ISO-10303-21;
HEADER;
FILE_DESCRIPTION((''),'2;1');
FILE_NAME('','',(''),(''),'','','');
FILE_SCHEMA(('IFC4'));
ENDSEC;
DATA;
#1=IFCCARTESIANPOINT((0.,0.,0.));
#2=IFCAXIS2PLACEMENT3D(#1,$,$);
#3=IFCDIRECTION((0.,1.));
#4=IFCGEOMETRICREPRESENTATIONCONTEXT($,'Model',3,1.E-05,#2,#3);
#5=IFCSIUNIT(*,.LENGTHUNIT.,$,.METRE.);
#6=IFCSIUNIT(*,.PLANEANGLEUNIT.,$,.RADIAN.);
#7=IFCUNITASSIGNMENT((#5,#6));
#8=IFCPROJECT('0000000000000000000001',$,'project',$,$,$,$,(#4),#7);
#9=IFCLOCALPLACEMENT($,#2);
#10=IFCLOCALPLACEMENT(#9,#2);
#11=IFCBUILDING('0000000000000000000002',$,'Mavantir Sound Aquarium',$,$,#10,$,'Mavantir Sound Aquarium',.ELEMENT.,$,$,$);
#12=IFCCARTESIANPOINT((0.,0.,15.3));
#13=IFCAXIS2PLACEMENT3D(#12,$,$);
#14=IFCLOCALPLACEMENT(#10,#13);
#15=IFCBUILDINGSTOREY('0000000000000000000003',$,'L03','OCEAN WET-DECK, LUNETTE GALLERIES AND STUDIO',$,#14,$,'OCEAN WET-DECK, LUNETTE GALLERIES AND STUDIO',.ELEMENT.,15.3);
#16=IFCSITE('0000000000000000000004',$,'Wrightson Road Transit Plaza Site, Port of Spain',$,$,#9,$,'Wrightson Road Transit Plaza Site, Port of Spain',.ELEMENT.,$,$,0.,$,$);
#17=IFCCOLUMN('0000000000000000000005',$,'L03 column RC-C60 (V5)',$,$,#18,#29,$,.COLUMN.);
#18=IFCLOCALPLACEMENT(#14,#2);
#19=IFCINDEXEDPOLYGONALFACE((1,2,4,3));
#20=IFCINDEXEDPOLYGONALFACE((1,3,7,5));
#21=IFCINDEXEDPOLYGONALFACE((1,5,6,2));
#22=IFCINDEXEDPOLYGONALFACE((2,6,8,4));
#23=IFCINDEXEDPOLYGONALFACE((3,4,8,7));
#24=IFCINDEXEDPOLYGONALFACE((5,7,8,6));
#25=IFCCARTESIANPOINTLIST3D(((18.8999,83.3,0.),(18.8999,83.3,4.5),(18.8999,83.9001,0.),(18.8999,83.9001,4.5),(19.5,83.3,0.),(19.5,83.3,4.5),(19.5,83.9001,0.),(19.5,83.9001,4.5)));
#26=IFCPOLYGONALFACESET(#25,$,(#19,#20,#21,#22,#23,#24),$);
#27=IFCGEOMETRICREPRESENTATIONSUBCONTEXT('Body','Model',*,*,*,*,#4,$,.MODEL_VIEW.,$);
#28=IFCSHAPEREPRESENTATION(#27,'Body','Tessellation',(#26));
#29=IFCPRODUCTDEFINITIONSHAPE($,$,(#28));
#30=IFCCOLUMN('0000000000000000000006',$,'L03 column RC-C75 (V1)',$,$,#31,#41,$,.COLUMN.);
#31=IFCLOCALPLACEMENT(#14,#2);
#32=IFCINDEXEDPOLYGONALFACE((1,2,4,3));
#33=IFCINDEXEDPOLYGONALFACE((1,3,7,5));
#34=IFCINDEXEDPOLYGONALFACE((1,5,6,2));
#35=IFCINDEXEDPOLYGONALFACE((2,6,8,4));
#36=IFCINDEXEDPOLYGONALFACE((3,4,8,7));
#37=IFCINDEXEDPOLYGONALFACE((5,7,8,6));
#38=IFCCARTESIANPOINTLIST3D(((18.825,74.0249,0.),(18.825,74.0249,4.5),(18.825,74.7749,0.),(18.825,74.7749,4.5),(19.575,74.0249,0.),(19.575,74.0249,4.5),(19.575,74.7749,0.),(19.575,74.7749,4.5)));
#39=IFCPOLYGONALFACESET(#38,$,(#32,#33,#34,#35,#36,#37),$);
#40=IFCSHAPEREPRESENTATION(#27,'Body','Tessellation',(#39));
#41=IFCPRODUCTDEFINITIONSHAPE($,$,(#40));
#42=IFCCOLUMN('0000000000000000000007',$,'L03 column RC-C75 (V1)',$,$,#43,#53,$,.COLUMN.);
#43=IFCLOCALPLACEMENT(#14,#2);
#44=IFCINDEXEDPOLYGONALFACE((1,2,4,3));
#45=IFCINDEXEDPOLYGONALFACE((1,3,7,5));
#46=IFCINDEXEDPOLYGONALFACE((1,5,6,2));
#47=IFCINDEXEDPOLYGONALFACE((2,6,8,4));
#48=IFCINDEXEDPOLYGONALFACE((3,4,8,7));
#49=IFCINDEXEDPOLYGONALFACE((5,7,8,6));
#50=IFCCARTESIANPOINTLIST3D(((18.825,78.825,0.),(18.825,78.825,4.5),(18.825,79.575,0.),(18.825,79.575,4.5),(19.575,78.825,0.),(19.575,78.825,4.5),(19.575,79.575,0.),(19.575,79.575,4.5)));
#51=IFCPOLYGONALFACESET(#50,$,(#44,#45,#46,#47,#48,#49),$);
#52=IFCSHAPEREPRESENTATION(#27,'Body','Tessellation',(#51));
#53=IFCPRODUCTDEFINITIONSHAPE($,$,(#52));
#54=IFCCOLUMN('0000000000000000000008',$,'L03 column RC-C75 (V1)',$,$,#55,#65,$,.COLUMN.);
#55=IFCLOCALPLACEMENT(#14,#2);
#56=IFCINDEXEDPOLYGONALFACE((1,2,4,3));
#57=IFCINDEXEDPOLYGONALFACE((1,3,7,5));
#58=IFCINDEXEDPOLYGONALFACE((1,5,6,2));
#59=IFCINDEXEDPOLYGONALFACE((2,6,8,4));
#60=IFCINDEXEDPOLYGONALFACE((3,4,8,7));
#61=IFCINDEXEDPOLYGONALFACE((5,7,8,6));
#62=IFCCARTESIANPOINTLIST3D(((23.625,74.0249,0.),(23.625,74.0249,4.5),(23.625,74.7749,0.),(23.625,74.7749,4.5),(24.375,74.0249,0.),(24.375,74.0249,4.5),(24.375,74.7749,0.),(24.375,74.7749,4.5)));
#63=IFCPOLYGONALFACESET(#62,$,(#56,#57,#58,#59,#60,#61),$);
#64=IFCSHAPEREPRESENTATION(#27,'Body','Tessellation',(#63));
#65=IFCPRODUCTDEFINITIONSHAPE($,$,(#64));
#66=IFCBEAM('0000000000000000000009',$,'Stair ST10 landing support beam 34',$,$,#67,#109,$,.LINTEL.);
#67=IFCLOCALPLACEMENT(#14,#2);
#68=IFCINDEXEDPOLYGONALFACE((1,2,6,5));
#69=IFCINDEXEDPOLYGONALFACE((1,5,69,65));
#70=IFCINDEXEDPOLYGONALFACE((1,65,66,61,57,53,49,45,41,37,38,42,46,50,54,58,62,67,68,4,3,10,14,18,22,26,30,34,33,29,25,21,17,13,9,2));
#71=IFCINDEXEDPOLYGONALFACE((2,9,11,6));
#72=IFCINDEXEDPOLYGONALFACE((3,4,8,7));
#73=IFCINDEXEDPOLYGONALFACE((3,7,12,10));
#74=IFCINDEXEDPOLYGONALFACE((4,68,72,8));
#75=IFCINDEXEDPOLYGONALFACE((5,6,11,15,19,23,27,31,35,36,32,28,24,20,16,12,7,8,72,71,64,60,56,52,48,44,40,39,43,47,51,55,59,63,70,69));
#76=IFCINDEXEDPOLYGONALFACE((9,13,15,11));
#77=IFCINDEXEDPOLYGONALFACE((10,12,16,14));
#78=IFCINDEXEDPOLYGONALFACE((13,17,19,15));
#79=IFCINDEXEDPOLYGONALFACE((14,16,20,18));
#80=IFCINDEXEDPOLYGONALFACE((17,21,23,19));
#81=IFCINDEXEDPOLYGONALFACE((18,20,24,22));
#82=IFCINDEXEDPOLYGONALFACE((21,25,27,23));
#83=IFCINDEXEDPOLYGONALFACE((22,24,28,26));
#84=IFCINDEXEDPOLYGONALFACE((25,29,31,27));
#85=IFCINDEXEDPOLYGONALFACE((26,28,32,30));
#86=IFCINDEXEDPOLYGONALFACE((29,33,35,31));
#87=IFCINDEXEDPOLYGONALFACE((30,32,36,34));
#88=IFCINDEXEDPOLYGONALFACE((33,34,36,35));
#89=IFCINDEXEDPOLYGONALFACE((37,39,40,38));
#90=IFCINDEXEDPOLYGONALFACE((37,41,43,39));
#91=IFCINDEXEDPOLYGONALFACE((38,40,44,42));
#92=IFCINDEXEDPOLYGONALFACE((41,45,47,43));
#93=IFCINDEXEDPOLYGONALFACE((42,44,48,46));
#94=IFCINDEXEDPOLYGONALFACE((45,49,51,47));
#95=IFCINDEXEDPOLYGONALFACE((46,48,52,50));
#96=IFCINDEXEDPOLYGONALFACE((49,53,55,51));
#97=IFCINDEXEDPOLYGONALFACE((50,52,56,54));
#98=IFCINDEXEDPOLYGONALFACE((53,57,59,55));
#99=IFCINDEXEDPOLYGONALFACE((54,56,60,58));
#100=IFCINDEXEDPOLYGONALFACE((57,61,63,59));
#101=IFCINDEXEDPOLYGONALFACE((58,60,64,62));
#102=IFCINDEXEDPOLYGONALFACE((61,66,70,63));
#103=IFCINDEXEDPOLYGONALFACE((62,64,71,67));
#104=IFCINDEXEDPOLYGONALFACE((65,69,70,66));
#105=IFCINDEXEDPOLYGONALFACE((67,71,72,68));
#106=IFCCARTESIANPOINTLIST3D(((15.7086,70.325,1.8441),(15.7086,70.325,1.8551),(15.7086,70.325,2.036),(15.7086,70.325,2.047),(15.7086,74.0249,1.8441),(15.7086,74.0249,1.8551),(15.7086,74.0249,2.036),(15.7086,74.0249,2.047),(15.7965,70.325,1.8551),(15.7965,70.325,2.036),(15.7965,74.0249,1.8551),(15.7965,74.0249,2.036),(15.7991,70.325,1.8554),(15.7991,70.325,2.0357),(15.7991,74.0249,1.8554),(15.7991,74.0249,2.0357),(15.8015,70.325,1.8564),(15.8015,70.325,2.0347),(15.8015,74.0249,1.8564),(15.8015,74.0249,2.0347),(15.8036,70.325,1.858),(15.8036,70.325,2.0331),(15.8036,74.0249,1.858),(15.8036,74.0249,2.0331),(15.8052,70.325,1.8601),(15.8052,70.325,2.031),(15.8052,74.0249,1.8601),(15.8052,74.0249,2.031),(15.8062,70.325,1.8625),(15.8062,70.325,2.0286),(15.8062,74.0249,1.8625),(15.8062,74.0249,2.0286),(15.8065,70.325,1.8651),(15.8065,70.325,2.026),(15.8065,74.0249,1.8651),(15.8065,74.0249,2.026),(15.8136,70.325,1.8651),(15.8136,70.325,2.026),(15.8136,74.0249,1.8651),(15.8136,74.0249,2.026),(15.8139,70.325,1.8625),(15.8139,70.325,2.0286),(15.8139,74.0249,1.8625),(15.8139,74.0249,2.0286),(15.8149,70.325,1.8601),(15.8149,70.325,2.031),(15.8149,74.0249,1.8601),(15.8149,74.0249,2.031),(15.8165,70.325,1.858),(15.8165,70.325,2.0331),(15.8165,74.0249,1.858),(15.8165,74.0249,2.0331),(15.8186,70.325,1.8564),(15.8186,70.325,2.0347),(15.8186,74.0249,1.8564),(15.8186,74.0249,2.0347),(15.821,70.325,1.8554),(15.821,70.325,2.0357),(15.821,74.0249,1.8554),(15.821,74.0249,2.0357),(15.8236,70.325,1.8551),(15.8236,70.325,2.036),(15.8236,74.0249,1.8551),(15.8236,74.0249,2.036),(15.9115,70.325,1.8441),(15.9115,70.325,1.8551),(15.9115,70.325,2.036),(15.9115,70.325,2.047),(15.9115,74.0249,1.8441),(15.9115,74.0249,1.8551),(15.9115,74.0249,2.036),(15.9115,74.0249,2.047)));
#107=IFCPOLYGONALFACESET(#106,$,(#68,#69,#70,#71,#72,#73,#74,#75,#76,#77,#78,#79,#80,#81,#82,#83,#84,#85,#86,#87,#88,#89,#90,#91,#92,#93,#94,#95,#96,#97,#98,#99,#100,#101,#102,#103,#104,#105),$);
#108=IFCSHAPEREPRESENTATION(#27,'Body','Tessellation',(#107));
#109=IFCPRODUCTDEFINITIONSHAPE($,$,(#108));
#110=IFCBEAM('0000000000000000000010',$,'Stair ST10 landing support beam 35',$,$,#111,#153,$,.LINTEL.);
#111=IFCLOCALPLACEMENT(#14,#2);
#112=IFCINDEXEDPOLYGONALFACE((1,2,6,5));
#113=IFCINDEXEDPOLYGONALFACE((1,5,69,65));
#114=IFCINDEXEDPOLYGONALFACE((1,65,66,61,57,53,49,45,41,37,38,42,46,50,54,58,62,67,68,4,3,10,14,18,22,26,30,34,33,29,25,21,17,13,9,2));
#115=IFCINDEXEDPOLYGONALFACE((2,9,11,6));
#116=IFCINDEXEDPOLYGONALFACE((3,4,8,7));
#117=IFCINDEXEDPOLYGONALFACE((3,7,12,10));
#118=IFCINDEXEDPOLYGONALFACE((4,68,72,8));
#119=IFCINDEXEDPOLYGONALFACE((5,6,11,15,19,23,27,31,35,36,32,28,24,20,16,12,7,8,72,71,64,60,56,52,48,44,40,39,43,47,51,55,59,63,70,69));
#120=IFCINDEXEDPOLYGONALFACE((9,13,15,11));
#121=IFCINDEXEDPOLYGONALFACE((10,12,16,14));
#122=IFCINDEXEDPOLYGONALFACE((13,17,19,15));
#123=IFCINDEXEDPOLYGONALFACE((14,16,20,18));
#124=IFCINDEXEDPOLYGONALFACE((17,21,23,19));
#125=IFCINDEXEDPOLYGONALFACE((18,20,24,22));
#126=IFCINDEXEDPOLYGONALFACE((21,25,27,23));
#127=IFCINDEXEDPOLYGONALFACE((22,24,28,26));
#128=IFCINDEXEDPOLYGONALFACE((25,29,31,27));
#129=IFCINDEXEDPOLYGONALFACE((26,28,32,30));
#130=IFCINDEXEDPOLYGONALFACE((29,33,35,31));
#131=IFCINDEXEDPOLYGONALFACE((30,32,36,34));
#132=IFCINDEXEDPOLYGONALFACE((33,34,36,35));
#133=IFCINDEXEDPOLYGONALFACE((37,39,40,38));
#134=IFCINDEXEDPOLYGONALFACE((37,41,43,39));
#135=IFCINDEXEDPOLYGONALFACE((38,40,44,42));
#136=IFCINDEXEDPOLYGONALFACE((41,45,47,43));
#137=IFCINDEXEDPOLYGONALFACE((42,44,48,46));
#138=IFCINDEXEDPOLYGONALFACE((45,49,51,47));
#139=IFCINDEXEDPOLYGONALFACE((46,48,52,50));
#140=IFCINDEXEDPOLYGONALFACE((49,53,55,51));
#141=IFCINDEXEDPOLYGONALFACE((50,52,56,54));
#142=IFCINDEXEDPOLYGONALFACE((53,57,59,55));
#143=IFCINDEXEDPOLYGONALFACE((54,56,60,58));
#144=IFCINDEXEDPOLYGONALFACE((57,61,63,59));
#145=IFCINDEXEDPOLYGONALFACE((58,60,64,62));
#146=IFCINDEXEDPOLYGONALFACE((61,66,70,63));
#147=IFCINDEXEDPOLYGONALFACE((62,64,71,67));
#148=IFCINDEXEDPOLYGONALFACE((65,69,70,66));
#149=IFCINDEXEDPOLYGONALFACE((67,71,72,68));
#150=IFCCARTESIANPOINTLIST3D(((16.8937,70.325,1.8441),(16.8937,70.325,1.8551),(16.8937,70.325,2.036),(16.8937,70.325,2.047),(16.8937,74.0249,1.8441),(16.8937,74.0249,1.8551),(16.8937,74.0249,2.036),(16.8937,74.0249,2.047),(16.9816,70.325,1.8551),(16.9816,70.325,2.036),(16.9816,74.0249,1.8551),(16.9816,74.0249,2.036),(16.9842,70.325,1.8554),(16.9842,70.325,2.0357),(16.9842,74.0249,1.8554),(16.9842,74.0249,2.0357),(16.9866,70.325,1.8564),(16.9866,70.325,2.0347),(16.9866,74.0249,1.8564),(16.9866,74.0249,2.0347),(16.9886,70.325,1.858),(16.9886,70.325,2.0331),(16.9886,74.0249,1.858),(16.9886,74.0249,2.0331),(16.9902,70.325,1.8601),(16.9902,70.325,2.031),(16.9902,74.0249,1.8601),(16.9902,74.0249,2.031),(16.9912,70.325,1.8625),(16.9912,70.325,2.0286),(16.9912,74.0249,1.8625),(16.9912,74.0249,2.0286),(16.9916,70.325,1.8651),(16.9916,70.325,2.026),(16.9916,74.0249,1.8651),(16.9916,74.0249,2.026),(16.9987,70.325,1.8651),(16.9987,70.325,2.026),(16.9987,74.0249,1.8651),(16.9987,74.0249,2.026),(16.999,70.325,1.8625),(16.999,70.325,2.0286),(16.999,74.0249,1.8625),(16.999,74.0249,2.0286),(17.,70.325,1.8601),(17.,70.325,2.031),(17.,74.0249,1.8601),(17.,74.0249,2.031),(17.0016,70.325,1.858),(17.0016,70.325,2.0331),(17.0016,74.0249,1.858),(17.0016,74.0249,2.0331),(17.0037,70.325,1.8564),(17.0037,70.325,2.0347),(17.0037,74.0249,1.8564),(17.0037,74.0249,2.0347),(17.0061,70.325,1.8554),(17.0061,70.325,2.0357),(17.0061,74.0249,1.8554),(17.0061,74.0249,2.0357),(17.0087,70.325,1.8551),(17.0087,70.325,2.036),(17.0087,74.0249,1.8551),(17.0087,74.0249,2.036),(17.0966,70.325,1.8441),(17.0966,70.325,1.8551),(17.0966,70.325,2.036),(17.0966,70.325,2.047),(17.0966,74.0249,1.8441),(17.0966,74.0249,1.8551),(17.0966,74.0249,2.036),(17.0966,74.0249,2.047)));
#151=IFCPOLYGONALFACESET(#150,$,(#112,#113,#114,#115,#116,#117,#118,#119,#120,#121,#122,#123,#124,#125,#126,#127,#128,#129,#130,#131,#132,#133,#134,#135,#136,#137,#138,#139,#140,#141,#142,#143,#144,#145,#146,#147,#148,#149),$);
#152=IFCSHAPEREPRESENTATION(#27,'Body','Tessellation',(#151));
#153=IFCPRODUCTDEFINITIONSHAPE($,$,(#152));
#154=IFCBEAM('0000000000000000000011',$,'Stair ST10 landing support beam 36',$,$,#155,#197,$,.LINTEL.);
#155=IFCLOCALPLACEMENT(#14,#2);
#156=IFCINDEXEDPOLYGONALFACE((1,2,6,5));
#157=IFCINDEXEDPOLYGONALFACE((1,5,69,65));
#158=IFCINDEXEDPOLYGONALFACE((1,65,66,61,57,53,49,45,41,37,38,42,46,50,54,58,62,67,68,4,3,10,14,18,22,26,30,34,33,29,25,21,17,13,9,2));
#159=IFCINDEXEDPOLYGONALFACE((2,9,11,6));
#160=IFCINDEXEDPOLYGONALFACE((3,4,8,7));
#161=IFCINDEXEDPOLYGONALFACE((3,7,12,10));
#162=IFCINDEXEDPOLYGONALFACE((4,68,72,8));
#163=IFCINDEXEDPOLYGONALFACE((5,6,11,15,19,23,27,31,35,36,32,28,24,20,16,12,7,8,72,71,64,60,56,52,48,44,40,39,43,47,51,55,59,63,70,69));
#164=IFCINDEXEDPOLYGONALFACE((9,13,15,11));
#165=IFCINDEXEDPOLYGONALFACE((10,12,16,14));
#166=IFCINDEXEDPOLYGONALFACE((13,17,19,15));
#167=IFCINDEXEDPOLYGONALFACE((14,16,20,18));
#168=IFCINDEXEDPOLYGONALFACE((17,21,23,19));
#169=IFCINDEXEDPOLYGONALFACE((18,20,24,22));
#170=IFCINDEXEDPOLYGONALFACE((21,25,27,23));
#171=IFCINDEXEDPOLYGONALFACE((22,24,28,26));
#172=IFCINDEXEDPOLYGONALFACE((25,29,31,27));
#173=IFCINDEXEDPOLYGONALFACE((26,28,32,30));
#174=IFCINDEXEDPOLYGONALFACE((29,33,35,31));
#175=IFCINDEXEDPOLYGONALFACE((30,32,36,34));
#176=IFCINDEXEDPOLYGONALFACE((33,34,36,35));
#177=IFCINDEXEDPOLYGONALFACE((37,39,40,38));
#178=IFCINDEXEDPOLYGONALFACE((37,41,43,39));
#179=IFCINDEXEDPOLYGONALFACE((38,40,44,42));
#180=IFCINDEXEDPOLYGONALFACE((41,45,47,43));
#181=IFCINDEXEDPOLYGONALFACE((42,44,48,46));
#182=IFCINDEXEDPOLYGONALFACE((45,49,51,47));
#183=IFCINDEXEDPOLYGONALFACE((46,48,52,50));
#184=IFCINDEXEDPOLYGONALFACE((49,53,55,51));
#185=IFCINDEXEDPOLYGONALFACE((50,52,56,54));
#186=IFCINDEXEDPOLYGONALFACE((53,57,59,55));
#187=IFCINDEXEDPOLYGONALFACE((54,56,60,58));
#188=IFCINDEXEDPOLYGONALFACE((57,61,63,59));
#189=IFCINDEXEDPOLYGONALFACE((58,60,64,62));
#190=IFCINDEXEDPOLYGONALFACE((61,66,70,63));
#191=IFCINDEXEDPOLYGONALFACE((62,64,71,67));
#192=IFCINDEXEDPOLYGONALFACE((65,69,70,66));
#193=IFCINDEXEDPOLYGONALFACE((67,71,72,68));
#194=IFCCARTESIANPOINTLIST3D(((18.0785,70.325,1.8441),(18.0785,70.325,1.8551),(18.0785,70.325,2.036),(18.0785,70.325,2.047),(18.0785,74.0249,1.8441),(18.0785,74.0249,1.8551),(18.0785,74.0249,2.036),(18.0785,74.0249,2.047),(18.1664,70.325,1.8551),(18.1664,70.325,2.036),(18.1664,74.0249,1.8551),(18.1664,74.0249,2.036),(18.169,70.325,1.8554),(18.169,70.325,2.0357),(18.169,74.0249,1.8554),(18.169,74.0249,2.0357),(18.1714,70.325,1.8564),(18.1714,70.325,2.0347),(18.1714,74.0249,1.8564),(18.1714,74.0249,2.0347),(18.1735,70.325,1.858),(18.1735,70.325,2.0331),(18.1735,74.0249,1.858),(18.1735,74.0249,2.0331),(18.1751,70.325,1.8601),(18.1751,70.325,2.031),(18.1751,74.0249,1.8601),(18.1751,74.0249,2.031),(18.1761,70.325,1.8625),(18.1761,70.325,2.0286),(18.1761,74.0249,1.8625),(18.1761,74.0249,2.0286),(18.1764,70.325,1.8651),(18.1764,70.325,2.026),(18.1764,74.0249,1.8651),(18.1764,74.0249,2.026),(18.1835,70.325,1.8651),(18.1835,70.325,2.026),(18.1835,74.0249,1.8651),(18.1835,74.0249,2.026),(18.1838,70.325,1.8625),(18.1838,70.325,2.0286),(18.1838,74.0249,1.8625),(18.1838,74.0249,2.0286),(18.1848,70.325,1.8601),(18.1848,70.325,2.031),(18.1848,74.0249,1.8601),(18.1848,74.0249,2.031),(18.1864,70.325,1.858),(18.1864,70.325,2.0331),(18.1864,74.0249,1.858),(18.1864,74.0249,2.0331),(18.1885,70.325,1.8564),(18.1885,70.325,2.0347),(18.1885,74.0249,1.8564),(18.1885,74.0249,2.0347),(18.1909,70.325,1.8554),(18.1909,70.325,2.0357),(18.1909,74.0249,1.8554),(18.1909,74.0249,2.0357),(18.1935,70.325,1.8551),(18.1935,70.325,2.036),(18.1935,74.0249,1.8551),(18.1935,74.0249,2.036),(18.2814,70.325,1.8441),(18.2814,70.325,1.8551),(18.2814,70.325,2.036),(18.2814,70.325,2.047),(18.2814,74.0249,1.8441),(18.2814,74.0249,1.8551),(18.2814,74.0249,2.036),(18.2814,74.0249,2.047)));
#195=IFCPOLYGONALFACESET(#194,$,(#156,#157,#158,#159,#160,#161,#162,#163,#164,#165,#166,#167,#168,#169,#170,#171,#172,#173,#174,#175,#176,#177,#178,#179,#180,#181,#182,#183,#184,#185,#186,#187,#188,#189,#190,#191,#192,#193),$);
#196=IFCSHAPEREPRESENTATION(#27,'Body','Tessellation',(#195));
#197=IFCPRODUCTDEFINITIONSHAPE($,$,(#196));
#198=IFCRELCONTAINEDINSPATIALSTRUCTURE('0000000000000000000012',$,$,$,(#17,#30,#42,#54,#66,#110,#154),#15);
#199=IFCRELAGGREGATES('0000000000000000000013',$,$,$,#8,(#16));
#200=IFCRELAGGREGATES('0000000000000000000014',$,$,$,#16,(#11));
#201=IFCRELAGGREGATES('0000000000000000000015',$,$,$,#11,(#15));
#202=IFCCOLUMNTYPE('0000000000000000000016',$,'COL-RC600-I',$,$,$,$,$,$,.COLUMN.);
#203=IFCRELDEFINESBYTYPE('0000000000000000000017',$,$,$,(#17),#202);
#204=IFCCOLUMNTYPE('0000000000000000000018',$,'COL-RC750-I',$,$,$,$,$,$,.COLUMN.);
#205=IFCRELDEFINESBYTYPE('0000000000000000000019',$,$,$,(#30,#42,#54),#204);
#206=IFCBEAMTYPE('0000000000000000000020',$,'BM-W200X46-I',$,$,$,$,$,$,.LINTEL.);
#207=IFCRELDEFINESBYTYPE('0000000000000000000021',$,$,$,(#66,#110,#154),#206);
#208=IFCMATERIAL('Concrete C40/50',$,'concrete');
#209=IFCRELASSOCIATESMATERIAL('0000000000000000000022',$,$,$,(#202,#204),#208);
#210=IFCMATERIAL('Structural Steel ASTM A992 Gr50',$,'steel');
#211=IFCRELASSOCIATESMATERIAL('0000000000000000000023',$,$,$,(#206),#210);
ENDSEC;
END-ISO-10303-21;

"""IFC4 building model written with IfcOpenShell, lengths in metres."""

from ifc_helpers import new_model, si_unit, direction, frame, origin, origin_2d, place, context, subcontext, project, spatial, rectangle, i_section, extrude, material, material_profile, profile_set, type_object, element, save


model = new_model("IFC4")

# Units and contexts
model_context = context("Model", 3, precision=1e-05, world=origin(), true_north=direction((0.0, 1.0)))
body_context = subcontext(model_context, "Body", "Model", "MODEL_VIEW")
ifc_project = project(units=[si_unit("LENGTHUNIT", "METRE"), si_unit("PLANEANGLEUNIT", "RADIAN")], contexts=[model_context])

# Site, building, storey
site_placement = place(None, origin())
site = spatial("IfcSite", under=ifc_project, at=site_placement, Name="Wrightson Road Transit Plaza Site, Port of Spain", LongName="Wrightson Road Transit Plaza Site, Port of Spain", CompositionType="ELEMENT", RefElevation=0.0)
building_placement = place(site_placement, origin())
building = spatial("IfcBuilding", under=site, at=building_placement, Name="Mavantir Sound Aquarium", LongName="Mavantir Sound Aquarium", CompositionType="ELEMENT")
storey_placement = place(building_placement, frame((0.0, 0.0, 15.3)))
storey = spatial("IfcBuildingStorey", under=building, at=storey_placement, Name="L03", Description="OCEAN WET-DECK, LUNETTE GALLERIES AND STUDIO", LongName="OCEAN WET-DECK, LUNETTE GALLERIES AND STUDIO", CompositionType="ELEMENT", Elevation=15.3)

# Columns
ifc_material_1 = material(Name="Concrete C40/50", Category="concrete")
ifc_material_profile_1 = material_profile(ifc_material_1, rectangle(XDim=0.6001, YDim=0.6001, at=origin_2d()), Name="RC 600X600")
ifc_profile_set_1 = profile_set([ifc_material_profile_1], Name="Concrete C40/50")
column_type_1 = type_object("IfcColumnType", Name="COL-RC600-I", PredefinedType="COLUMN", material=ifc_profile_set_1)
column_placement = place(storey_placement, frame((19.2, 83.6001, 0.0), z_axis=(0.0, 0.0, 1.0), x_axis=(1.0, 0.0, 0.0)))
element("IfcColumn", 1, at=column_placement, inside=storey, type_object=column_type_1, Name="L03 column RC-C60 (V5)", PredefinedType="COLUMN", context=body_context, shape_type="SweptSolid", body=[
    extrude(rectangle(XDim=0.6001, YDim=0.6001, at=origin_2d()), origin(), (0.0, 0.0, 1.0), 4.5),
])
ifc_material_profile_2 = material_profile(ifc_material_1, rectangle(XDim=0.75, YDim=0.75, at=origin_2d()), Name="RC 750X750")
ifc_profile_set_2 = profile_set([ifc_material_profile_2], Name="Concrete C40/50")
column_type_2 = type_object("IfcColumnType", Name="COL-RC750-I", PredefinedType="COLUMN", material=ifc_profile_set_2)
for number, where, z_axis, x_axis, name in (
    (2, (19.2, 74.3999, 0.0), (0.0, 0.0, 1.0), (1.0, 0.0, 0.0), "L03 column RC-C75 (V1)"),
    (3, (19.2, 79.2, 0.0), (0.0, 0.0, 1.0), (1.0, 0.0, 0.0), "L03 column RC-C75 (V1)"),
    (4, (24.0, 74.3999, 0.0), (0.0, 0.0, 1.0), (1.0, 0.0, 0.0), "L03 column RC-C75 (V1)"),
):
    element("IfcColumn", number, at=place(storey_placement, frame(where, z_axis=z_axis, x_axis=x_axis)), inside=storey, type_object=column_type_2, Name=name, PredefinedType="COLUMN", context=body_context, shape_type="SweptSolid", body=[
        extrude(rectangle(XDim=0.75, YDim=0.75, at=origin_2d()), origin(), (0.0, 0.0, 1.0), 4.5),
    ])

# Beams
ifc_material_2 = material(Name="Structural Steel ASTM A992 Gr50", Category="steel")
ifc_material_profile_3 = material_profile(ifc_material_2, i_section(OverallWidth=0.2029, OverallDepth=0.2029, WebThickness=0.0071, FlangeThickness=0.011, FilletRadius=0.01, at=origin_2d()), Name="W200X46")
ifc_profile_set_3 = profile_set([ifc_material_profile_3], Name="Structural Steel ASTM A992 Gr50")
beam_type_1 = type_object("IfcBeamType", Name="BM-W200X46-I", PredefinedType="LINTEL", material=ifc_profile_set_3)
for number, where, z_axis, x_axis, name in (
    (5, (15.8101, 70.325, 1.9456), (0.0, 1.0, 0.0), (-1.0, 0.0, 0.0), "Stair ST10 landing support beam 34"),
    (6, (16.9951, 70.325, 1.9456), (0.0, 1.0, 0.0), (-1.0, 0.0, 0.0), "Stair ST10 landing support beam 35"),
    (7, (18.1799, 70.325, 1.9456), (0.0, 1.0, 0.0), (-1.0, 0.0, 0.0), "Stair ST10 landing support beam 36"),
):
    element("IfcBeam", number, at=place(storey_placement, frame(where, z_axis=z_axis, x_axis=x_axis)), inside=storey, type_object=beam_type_1, Name=name, PredefinedType="LINTEL", context=body_context, shape_type="SweptSolid", body=[
        extrude(i_section(OverallWidth=0.2029, OverallDepth=0.2029, WebThickness=0.0071, FlangeThickness=0.011, FilletRadius=0.01, at=origin_2d()), origin(), (0.0, 0.0, 1.0), 3.7),
    ])

save(model, "model.ifc")
